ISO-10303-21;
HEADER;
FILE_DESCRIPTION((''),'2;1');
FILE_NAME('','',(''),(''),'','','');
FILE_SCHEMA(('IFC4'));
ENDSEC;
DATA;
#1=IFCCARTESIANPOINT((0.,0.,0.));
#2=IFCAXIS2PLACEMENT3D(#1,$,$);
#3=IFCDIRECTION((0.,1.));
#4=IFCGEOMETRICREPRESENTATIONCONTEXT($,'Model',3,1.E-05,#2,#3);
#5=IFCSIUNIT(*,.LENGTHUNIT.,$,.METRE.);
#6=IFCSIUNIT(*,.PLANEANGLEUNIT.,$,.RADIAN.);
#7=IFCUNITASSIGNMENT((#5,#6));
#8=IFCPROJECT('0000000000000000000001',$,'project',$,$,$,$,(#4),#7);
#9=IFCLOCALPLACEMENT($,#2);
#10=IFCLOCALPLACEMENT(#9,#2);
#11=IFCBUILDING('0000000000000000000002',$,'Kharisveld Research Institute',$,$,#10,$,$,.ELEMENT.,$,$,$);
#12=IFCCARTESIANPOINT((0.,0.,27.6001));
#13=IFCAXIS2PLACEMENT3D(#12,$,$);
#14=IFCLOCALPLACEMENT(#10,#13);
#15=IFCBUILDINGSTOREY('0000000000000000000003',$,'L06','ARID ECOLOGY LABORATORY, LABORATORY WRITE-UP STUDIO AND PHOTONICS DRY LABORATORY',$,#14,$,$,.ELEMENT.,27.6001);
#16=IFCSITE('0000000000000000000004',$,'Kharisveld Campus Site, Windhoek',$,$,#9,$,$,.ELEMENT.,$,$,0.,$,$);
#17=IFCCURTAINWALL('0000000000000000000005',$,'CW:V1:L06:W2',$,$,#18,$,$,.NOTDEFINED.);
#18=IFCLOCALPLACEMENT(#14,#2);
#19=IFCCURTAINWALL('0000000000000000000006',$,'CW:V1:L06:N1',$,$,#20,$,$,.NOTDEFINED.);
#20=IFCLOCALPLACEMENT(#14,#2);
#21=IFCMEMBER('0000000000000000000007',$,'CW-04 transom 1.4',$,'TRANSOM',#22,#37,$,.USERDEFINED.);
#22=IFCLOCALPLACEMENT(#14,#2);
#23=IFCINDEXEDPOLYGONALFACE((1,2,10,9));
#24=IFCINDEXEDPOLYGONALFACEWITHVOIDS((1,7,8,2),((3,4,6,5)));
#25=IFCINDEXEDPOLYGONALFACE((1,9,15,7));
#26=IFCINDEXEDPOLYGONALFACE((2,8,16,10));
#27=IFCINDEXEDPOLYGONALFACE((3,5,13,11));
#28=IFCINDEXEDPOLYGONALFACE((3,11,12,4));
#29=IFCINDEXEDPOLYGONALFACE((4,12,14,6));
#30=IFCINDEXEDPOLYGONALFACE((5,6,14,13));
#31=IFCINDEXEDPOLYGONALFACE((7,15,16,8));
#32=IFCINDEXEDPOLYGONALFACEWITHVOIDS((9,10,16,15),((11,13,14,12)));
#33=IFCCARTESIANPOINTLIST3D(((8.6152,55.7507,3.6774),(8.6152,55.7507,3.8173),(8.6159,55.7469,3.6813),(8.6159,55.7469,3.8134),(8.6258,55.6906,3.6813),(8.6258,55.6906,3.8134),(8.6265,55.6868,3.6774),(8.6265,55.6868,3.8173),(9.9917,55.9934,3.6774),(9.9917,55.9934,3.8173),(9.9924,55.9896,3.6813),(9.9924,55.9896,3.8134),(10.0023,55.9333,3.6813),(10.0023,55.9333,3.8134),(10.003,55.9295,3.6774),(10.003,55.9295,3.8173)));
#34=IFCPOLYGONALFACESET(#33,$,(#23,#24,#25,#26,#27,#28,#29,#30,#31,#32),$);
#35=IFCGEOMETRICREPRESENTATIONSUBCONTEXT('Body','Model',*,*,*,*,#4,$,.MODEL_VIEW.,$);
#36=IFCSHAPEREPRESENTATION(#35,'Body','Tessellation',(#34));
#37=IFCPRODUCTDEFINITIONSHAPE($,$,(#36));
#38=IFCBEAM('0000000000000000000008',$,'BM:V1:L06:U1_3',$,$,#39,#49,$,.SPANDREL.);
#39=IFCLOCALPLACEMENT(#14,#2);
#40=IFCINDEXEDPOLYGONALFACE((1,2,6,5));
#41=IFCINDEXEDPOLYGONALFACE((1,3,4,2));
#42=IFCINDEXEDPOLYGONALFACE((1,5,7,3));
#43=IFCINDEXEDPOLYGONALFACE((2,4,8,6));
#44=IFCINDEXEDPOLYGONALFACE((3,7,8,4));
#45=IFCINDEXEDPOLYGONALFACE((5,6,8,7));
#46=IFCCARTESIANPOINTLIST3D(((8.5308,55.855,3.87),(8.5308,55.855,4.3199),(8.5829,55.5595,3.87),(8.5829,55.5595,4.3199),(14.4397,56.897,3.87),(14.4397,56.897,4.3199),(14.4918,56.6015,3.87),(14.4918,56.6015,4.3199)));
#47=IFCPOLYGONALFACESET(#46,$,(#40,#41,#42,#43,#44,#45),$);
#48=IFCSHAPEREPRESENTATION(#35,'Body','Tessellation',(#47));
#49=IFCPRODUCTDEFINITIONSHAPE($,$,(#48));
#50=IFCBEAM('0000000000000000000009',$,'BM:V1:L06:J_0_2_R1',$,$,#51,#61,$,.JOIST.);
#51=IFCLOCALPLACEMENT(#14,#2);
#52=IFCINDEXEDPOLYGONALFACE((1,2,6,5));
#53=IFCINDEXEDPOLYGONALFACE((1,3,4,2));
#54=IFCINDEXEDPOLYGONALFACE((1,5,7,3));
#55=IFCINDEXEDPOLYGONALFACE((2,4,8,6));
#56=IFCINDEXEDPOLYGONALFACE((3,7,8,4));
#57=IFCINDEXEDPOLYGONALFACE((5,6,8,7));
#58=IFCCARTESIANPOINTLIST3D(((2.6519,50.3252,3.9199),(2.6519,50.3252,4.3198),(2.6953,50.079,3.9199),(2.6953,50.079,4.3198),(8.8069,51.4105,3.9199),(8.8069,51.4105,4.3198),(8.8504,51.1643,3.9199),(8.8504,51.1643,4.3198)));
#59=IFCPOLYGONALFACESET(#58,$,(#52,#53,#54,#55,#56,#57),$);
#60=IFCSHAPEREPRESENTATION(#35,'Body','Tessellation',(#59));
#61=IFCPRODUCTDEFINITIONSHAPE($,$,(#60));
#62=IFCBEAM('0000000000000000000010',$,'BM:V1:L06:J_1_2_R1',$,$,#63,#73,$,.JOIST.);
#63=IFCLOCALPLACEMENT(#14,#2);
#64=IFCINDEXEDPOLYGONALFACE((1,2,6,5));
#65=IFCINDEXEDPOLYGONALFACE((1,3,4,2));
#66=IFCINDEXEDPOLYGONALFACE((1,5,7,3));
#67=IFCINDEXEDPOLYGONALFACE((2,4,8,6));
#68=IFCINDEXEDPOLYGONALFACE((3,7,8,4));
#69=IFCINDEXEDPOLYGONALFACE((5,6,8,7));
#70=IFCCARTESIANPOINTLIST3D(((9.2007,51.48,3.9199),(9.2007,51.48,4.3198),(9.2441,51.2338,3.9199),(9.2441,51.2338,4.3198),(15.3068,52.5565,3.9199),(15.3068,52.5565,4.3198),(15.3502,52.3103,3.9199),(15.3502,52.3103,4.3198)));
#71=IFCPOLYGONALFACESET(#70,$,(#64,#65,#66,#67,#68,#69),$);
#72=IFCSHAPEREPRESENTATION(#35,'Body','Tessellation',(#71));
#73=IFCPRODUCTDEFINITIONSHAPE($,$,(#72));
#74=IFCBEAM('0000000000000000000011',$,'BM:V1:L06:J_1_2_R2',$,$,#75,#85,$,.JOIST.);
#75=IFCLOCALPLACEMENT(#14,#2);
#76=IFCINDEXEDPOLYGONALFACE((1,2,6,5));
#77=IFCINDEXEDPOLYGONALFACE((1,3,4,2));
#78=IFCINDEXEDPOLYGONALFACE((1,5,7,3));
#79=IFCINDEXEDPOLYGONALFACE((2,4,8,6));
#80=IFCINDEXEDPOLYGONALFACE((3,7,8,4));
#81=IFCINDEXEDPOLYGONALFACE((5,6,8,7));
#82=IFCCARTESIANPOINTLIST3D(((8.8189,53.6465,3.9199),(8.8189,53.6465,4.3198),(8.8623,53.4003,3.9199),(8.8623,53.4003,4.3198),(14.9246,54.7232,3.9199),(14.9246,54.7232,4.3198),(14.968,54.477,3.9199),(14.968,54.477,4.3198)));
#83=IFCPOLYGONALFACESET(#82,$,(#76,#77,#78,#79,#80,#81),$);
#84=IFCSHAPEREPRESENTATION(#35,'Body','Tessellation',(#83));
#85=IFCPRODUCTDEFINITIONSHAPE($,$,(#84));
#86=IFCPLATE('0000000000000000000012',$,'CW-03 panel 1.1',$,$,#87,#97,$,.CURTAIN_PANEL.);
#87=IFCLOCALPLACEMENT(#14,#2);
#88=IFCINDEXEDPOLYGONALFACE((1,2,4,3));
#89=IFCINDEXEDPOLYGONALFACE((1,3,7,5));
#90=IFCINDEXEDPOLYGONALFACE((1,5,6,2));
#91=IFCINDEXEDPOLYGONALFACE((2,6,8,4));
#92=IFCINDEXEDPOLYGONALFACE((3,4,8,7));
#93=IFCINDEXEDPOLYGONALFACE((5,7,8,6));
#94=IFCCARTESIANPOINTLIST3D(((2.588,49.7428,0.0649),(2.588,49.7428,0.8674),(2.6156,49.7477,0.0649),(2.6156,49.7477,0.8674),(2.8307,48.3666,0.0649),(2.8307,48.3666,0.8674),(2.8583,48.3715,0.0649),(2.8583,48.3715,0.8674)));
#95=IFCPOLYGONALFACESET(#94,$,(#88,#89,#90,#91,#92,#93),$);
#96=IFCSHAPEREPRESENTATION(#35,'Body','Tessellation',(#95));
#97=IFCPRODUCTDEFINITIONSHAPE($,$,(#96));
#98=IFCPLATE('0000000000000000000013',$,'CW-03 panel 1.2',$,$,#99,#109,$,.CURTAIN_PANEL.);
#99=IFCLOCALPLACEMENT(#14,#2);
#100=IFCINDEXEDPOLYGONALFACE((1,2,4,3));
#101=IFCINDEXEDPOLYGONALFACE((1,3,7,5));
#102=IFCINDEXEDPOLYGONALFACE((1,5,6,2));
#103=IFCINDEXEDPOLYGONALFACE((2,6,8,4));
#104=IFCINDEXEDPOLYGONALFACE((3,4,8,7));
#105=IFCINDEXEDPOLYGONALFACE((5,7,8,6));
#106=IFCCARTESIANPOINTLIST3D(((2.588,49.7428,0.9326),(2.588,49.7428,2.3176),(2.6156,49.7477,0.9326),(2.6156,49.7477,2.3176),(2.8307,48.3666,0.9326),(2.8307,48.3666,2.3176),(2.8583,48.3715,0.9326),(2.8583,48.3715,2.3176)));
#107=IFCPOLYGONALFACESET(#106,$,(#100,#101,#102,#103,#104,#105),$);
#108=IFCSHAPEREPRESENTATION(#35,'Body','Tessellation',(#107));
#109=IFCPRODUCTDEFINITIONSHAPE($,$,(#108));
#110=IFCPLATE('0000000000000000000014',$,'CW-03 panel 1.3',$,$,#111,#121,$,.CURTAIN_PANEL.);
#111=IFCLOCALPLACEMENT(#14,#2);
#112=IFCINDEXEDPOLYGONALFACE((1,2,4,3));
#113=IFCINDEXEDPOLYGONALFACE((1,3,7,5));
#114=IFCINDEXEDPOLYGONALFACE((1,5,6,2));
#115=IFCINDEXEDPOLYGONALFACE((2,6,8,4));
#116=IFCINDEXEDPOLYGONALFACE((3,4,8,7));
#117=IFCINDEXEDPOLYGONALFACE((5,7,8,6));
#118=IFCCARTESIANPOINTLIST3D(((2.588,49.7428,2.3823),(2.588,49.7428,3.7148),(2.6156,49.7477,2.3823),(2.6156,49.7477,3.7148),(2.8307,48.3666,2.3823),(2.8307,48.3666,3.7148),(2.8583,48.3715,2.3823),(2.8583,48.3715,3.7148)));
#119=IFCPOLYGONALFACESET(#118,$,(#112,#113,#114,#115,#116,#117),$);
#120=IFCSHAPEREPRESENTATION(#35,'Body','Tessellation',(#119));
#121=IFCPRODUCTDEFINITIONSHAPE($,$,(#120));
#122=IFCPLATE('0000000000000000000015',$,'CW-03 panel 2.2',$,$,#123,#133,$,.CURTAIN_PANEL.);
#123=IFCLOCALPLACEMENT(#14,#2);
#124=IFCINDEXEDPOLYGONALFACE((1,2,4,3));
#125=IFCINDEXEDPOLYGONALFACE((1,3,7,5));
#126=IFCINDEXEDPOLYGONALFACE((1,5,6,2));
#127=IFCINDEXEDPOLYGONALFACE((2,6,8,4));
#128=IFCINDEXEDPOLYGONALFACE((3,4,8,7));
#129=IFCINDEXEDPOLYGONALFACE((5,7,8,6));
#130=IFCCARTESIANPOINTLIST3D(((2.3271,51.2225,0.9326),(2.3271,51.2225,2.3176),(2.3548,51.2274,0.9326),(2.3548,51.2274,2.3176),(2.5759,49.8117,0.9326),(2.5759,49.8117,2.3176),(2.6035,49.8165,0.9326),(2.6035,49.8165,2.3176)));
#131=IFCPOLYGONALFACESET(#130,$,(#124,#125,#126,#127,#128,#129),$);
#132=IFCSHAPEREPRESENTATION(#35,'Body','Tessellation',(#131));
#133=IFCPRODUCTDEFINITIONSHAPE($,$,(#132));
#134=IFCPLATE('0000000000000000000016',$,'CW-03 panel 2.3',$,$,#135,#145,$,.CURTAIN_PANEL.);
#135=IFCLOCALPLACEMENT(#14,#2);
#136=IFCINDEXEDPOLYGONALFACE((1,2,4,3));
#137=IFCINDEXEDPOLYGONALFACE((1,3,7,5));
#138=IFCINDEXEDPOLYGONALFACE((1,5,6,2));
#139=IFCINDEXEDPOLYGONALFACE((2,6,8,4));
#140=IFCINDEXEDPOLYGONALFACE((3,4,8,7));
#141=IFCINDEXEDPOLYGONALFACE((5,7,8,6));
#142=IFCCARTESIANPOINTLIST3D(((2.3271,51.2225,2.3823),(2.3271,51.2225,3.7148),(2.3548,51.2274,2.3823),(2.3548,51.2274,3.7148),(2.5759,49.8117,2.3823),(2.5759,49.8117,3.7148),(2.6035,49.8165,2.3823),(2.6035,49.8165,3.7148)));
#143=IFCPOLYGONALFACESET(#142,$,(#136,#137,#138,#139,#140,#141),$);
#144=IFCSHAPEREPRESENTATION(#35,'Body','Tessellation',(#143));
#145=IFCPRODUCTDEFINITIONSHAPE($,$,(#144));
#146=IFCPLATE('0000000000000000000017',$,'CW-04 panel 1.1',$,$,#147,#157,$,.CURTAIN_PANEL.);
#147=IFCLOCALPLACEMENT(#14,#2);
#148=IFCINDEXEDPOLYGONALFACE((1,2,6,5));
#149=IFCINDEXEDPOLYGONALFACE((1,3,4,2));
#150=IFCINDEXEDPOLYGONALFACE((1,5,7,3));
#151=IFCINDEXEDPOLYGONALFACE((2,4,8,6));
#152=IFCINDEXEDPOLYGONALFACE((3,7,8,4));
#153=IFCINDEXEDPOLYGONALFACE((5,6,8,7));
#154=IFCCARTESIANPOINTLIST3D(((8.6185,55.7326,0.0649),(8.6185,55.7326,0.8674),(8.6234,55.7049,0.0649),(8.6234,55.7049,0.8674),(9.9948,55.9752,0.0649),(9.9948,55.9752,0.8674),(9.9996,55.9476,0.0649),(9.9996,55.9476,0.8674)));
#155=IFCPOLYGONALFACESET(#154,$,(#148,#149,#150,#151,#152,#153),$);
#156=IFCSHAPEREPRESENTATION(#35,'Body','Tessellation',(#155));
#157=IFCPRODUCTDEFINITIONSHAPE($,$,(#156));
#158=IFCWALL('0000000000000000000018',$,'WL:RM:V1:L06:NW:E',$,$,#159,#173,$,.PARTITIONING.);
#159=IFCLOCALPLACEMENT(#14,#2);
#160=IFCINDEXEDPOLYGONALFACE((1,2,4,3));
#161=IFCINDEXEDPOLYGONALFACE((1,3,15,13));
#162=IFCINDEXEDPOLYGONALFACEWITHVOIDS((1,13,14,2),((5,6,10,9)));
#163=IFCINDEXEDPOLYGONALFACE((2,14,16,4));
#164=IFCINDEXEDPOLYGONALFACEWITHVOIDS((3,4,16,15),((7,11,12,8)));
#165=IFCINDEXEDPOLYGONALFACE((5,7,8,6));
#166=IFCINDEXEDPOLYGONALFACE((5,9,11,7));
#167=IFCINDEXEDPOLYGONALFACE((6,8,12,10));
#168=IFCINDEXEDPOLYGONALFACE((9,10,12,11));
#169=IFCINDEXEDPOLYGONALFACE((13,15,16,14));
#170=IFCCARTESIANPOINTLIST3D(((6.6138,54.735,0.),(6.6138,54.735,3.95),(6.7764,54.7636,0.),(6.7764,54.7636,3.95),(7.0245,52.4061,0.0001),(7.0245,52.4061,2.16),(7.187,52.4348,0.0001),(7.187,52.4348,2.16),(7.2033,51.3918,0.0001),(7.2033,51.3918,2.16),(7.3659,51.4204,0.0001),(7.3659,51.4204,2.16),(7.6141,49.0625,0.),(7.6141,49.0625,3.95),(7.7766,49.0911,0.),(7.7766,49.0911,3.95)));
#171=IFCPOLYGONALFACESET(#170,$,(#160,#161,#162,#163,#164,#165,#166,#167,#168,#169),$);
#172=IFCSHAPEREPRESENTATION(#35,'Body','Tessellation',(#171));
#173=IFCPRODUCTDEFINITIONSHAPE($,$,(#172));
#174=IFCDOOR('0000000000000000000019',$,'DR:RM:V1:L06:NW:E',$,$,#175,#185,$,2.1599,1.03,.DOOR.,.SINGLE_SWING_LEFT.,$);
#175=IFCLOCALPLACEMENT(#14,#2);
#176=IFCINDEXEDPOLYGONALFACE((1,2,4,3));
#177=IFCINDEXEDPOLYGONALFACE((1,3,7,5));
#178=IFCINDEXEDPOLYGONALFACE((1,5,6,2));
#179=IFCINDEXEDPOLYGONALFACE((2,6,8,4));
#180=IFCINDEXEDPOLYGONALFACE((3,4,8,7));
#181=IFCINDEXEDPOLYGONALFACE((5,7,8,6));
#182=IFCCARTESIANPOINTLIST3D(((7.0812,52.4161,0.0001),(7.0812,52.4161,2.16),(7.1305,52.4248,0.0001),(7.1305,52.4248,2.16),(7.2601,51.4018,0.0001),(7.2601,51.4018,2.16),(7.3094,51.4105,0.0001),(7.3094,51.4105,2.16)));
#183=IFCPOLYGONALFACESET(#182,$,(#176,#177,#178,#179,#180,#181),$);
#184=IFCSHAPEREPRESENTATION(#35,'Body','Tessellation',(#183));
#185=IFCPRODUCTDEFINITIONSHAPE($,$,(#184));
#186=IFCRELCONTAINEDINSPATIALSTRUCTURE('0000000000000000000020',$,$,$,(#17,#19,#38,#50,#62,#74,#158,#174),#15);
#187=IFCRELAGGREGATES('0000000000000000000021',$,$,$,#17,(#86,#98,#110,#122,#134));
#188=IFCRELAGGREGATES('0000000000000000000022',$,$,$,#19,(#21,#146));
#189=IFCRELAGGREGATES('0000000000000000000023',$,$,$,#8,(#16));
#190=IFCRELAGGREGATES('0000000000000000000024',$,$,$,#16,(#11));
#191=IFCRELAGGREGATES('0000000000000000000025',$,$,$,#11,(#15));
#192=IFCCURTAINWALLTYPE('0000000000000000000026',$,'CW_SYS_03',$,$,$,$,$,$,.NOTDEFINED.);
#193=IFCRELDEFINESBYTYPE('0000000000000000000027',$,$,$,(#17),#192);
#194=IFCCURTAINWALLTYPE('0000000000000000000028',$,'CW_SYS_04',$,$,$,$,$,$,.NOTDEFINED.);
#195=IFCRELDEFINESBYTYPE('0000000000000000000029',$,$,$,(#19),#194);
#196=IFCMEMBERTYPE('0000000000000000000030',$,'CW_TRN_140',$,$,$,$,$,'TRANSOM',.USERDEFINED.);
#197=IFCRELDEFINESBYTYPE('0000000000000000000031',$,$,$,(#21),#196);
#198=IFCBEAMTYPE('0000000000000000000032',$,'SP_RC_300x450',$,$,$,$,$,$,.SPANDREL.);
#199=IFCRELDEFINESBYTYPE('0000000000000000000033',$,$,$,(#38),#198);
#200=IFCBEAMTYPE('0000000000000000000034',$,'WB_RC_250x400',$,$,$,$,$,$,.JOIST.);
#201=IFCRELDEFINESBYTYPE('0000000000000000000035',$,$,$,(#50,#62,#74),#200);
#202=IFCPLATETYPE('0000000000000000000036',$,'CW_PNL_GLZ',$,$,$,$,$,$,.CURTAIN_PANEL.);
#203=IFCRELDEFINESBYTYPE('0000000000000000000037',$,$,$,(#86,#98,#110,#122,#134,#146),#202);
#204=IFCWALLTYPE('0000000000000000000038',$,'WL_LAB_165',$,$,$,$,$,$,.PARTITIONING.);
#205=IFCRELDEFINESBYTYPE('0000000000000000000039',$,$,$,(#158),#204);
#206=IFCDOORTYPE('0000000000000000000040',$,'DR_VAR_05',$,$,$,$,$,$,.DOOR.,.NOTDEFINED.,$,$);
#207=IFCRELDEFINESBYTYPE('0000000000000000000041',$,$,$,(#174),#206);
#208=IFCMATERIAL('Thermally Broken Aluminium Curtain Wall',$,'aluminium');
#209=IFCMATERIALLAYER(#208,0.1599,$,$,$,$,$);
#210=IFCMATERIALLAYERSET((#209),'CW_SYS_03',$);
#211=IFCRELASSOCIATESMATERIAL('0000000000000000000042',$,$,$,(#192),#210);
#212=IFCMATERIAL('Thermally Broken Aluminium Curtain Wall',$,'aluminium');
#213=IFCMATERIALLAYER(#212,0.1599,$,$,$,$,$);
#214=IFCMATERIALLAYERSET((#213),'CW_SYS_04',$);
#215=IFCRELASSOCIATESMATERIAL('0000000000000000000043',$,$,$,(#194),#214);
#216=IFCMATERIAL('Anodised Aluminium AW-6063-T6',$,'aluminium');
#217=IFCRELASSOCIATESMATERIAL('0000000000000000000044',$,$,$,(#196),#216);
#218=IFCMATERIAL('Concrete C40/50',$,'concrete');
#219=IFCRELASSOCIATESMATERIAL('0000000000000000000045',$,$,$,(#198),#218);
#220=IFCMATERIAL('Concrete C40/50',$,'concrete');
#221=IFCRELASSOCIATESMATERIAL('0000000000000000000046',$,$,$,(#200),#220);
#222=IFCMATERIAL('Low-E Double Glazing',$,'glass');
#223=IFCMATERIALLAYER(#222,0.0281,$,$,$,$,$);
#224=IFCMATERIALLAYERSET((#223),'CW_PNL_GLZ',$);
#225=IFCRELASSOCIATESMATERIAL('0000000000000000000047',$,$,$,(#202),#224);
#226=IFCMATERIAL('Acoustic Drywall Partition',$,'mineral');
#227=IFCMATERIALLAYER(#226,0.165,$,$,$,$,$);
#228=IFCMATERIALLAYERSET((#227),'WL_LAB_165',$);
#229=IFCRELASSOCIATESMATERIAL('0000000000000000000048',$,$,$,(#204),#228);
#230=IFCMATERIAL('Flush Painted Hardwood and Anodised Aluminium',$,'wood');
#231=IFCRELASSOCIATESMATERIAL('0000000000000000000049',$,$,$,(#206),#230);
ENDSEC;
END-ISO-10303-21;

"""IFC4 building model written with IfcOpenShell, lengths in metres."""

from ifc_helpers import new_model, si_unit, direction, frame, frame_2d, origin, origin_2d, place, context, subcontext, project, spatial, rectangle, hollow_rectangle, extrude, material, layer, layer_set, material_profile, profile_set, type_object, element, fill, aggregate, save


model = new_model("IFC4")

# Units and contexts
model_context = context("Model", 3, precision=1e-05, world=origin(), true_north=direction((0.0, 1.0)))
body_context = subcontext(model_context, "Body", "Model", "MODEL_VIEW")
ifc_project = project(units=[si_unit("LENGTHUNIT", "METRE"), si_unit("PLANEANGLEUNIT", "RADIAN")], contexts=[model_context])

# Site, building, storey
site_placement = place(None, origin())
site = spatial("IfcSite", under=ifc_project, at=site_placement, Name="Kharisveld Campus Site, Windhoek", CompositionType="ELEMENT", RefElevation=0.0)
building_placement = place(site_placement, origin())
building = spatial("IfcBuilding", under=site, at=building_placement, Name="Kharisveld Research Institute", CompositionType="ELEMENT")
storey_placement = place(building_placement, frame((0.0, 0.0, 27.6001)))
storey = spatial("IfcBuildingStorey", under=building, at=storey_placement, Name="L06", Description="ARID ECOLOGY LABORATORY, LABORATORY WRITE-UP STUDIO AND PHOTONICS DRY LABORATORY", CompositionType="ELEMENT", Elevation=27.6001)

# Curtain walls
ifc_material_1 = material(Name="Thermally Broken Aluminium Curtain Wall", Category="aluminium")
ifc_layer_1 = layer(ifc_material_1, 0.1599)
ifc_layer_set_1 = layer_set([ifc_layer_1], Name="CW_SYS_03")
curtain_wall_type_1 = type_object("IfcCurtainWallType", Name="CW_SYS_03", PredefinedType="NOTDEFINED", material=ifc_layer_set_1)
curtain_wall_1_placement = place(storey_placement, origin())
curtain_wall_1 = element("IfcCurtainWall", 1, at=curtain_wall_1_placement, inside=storey, type_object=curtain_wall_type_1, Name="CW:V1:L06:W2", PredefinedType="NOTDEFINED")
ifc_material_2 = material(Name="Thermally Broken Aluminium Curtain Wall", Category="aluminium")
ifc_layer_2 = layer(ifc_material_2, 0.1599)
ifc_layer_set_2 = layer_set([ifc_layer_2], Name="CW_SYS_04")
curtain_wall_type_2 = type_object("IfcCurtainWallType", Name="CW_SYS_04", PredefinedType="NOTDEFINED", material=ifc_layer_set_2)
curtain_wall_2_placement = place(storey_placement, origin())
curtain_wall_2 = element("IfcCurtainWall", 2, at=curtain_wall_2_placement, inside=storey, type_object=curtain_wall_type_2, Name="CW:V1:L06:N1", PredefinedType="NOTDEFINED")

# Member
ifc_material_3 = material(Name="Anodised Aluminium AW-6063-T6", Category="aluminium")
ifc_material_profile_1 = material_profile(ifc_material_3, hollow_rectangle(XDim=0.0649, YDim=0.1399, WallThickness=0.0039, at=origin_2d()))
ifc_profile_set_1 = profile_set([ifc_material_profile_1], Name="Anodised Aluminium AW-6063-T6")
member_type_1 = type_object("IfcMemberType", Name="CW_TRN_140", ElementType="TRANSOM", PredefinedType="USERDEFINED", material=ifc_profile_set_1)
member_1_placement = place(storey_placement, frame((8.6208, 55.7188, 3.7473), z_axis=(0.984812, 0.173626, 0.0), x_axis=(-0.173626, 0.984812, 0.0)))
member_1 = element("IfcMember", 3, at=member_1_placement, type_object=member_type_1, Name="CW-04 transom 1.4", ObjectType="TRANSOM", PredefinedType="USERDEFINED", context=body_context, shape_type="SweptSolid", body=[
    extrude(hollow_rectangle(XDim=0.0649, YDim=0.1399, WallThickness=0.0039, at=origin_2d()), origin(), (0.0, 0.0, 1.0), 1.3977),
])

# Beams
ifc_material_4 = material(Name="Concrete C40/50", Category="concrete")
ifc_material_profile_2 = material_profile(ifc_material_4, rectangle(XDim=0.3, YDim=0.45, at=origin_2d()))
ifc_profile_set_2 = profile_set([ifc_material_profile_2], Name="Concrete C40/50")
beam_type_1 = type_object("IfcBeamType", Name="SP_RC_300x450", PredefinedType="SPANDREL", material=ifc_profile_set_2)
beam_1_placement = place(storey_placement, frame((8.5569, 55.7073, 4.095), z_axis=(0.984805, 0.173662, 0.0), x_axis=(-0.173662, 0.984805, 0.0)))
element("IfcBeam", 4, at=beam_1_placement, inside=storey, type_object=beam_type_1, Name="BM:V1:L06:U1_3", PredefinedType="SPANDREL", context=body_context, shape_type="SweptSolid", body=[
    extrude(rectangle(XDim=0.3, YDim=0.45, at=origin_2d()), origin(), (0.0, 0.0, 1.0), 6.0),
])
ifc_material_5 = material(Name="Concrete C40/50", Category="concrete")
ifc_material_profile_3 = material_profile(ifc_material_5, rectangle(XDim=0.25, YDim=0.3999, at=origin_2d()))
ifc_profile_set_3 = profile_set([ifc_material_profile_3], Name="Concrete C40/50")
beam_type_2 = type_object("IfcBeamType", Name="WB_RC_250x400", PredefinedType="JOIST", material=ifc_profile_set_3)
beam_2_placement = place(storey_placement, frame((2.6736, 50.2021, 4.1199), z_axis=(0.98481, 0.173634, 0.0), x_axis=(-0.173634, 0.98481, 0.0)))
element("IfcBeam", 5, at=beam_2_placement, inside=storey, type_object=beam_type_2, Name="BM:V1:L06:J_0_2_R1", PredefinedType="JOIST", context=body_context, shape_type="SweptSolid", body=[
    extrude(rectangle(XDim=0.25, YDim=0.3999, at=origin_2d()), origin(), (0.0, 0.0, 1.0), 6.25),
])
beam_3_placement = place(storey_placement, frame((9.2224, 51.3569, 4.1199), z_axis=(0.984814, 0.173612, 0.0), x_axis=(-0.173612, 0.984814, 0.0)))
element("IfcBeam", 6, at=beam_3_placement, inside=storey, type_object=beam_type_2, Name="BM:V1:L06:J_1_2_R1", PredefinedType="JOIST", context=body_context, shape_type="SweptSolid", body=[
    extrude(rectangle(XDim=0.25, YDim=0.3999, at=origin_2d()), origin(), (0.0, 0.0, 1.0), 6.2002),
])
beam_4_placement = place(storey_placement, frame((8.8406, 53.5234, 4.1199), z_axis=(0.984806, 0.173657, 0.0), x_axis=(-0.173657, 0.984806, 0.0)))
element("IfcBeam", 7, at=beam_4_placement, inside=storey, type_object=beam_type_2, Name="BM:V1:L06:J_1_2_R2", PredefinedType="JOIST", context=body_context, shape_type="SweptSolid", body=[
    extrude(rectangle(XDim=0.25, YDim=0.3999, at=origin_2d()), origin(), (0.0, 0.0, 1.0), 6.2),
])

# Plates
ifc_material_6 = material(Name="Low-E Double Glazing", Category="glass")
ifc_layer_3 = layer(ifc_material_6, 0.0281)
ifc_layer_set_3 = layer_set([ifc_layer_3], Name="CW_PNL_GLZ")
plate_type = type_object("IfcPlateType", Name="CW_PNL_GLZ", PredefinedType="CURTAIN_PANEL", material=ifc_layer_set_3)
plate_1_placement = place(storey_placement, frame((2.7231, 49.0571, 0.0649), z_axis=(0.0, 0.0, 1.0), x_axis=(-0.173648, 0.984808, 0.0)))
plate_1 = element("IfcPlate", 8, at=plate_1_placement, type_object=plate_type, Name="CW-03 panel 1.1", PredefinedType="CURTAIN_PANEL", context=body_context, shape_type="SweptSolid", body=[
    extrude(rectangle(XDim=1.3975, YDim=0.0281, at=origin_2d()), origin(), (0.0, 0.0, 1.0), 0.8025),
])
plate_2_placement = place(storey_placement, frame((2.7231, 49.0571, 0.9326), z_axis=(0.0, 0.0, 1.0), x_axis=(-0.173648, 0.984808, 0.0)))
plate_2 = element("IfcPlate", 9, at=plate_2_placement, type_object=plate_type, Name="CW-03 panel 1.2", PredefinedType="CURTAIN_PANEL", context=body_context, shape_type="SweptSolid", body=[
    extrude(rectangle(XDim=1.3975, YDim=0.0281, at=origin_2d()), origin(), (0.0, 0.0, 1.0), 1.385),
])
plate_3_placement = place(storey_placement, frame((2.7231, 49.0571, 2.3823), z_axis=(0.0, 0.0, 1.0), x_axis=(-0.173648, 0.984808, 0.0)))
plate_3 = element("IfcPlate", 10, at=plate_3_placement, type_object=plate_type, Name="CW-03 panel 1.3", PredefinedType="CURTAIN_PANEL", context=body_context, shape_type="SweptSolid", body=[
    extrude(rectangle(XDim=1.3975, YDim=0.0281, at=origin_2d()), origin(), (0.0, 0.0, 1.0), 1.3325),
])
plate_4_placement = place(storey_placement, frame((2.4653, 50.5195, 0.9326), z_axis=(0.0, 0.0, 1.0), x_axis=(-0.173648, 0.984808, 0.0)))
plate_4 = element("IfcPlate", 11, at=plate_4_placement, type_object=plate_type, Name="CW-03 panel 2.2", PredefinedType="CURTAIN_PANEL", context=body_context, shape_type="SweptSolid", body=[
    extrude(rectangle(XDim=1.4326, YDim=0.0281, at=origin_2d()), origin(), (0.0, 0.0, 1.0), 1.385),
])
plate_5_placement = place(storey_placement, frame((2.4653, 50.5195, 2.3823), z_axis=(0.0, 0.0, 1.0), x_axis=(-0.173648, 0.984808, 0.0)))
plate_5 = element("IfcPlate", 12, at=plate_5_placement, type_object=plate_type, Name="CW-03 panel 2.3", PredefinedType="CURTAIN_PANEL", context=body_context, shape_type="SweptSolid", body=[
    extrude(rectangle(XDim=1.4326, YDim=0.0281, at=origin_2d()), origin(), (0.0, 0.0, 1.0), 1.3325),
])
aggregate(curtain_wall_1, [plate_1, plate_2, plate_3, plate_4, plate_5])
plate_6_placement = place(storey_placement, frame((9.3091, 55.8401, 0.0649), z_axis=(0.0, 0.0, 1.0), x_axis=(0.984808, 0.173648, 0.0)))
plate_6 = element("IfcPlate", 13, at=plate_6_placement, type_object=plate_type, Name="CW-04 panel 1.1", PredefinedType="CURTAIN_PANEL", context=body_context, shape_type="SweptSolid", body=[
    extrude(rectangle(XDim=1.3975, YDim=0.0281, at=origin_2d()), origin(), (0.0, 0.0, 1.0), 0.8025),
])
aggregate(curtain_wall_2, [member_1, plate_6])

# Wall, opening, door
ifc_material_7 = material(Name="Acoustic Drywall Partition", Category="mineral")
ifc_layer_4 = layer(ifc_material_7, 0.165)
ifc_layer_set_4 = layer_set([ifc_layer_4], Name="WL_LAB_165")
wall_type = type_object("IfcWallType", Name="WL_LAB_165", PredefinedType="PARTITIONING", material=ifc_layer_set_4)
wall_placement = place(storey_placement, frame((7.6953, 49.0769, 0.0), z_axis=(0.0, 0.0, 1.0), x_axis=(-0.17365, 0.984807, 0.0)))
wall = element("IfcWall", 14, at=wall_placement, inside=storey, type_object=wall_type, Name="WL:RM:V1:L06:NW:E", PredefinedType="PARTITIONING", context=body_context, shape_type="SweptSolid", body=[
    extrude(rectangle(XDim=5.76, YDim=0.165, at=frame_2d((2.8799, 0.0))), origin(), (0.0, 0.0, 1.0), 3.95),
])
opening_placement = place(wall_placement, frame((2.365, 0.0, 0.0)))
opening = element("IfcOpeningElement", 15, at=opening_placement, cuts=wall, PredefinedType="OPENING", context=body_context, shape_type="SweptSolid", body=[
    extrude(rectangle(XDim=1.03, YDim=2.1599, at=frame_2d((0.5151, 1.0801))), frame((0.0, 0.0825, 0.0), z_axis=(0.0, -1.0, 0.0), x_axis=(1.0, 0.0, 0.0)), (0.0, 0.0, 1.0), 0.165),
])
ifc_material_8 = material(Name="Flush Painted Hardwood and Anodised Aluminium", Category="wood")
door_type = type_object("IfcDoorType", Name="DR_VAR_05", OperationType="NOTDEFINED", PredefinedType="DOOR", material=ifc_material_8)
door_placement = place(opening_placement, origin())
door = element("IfcDoor", 16, at=door_placement, inside=storey, type_object=door_type, Name="DR:RM:V1:L06:NW:E", OperationType="SINGLE_SWING_LEFT", OverallHeight=2.1599, OverallWidth=1.03, PredefinedType="DOOR", context=body_context, shape_type="SweptSolid", body=[
    extrude(rectangle(XDim=1.03, YDim=2.1599, at=frame_2d((0.5151, 1.0801))), frame((0.0, 0.0249, 0.0), z_axis=(0.0, -1.0, 0.0), x_axis=(1.0, 0.0, 0.0)), (0.0, 0.0, 1.0), 0.05),
])
fill(opening, door)

save(model, "model.ifc")
